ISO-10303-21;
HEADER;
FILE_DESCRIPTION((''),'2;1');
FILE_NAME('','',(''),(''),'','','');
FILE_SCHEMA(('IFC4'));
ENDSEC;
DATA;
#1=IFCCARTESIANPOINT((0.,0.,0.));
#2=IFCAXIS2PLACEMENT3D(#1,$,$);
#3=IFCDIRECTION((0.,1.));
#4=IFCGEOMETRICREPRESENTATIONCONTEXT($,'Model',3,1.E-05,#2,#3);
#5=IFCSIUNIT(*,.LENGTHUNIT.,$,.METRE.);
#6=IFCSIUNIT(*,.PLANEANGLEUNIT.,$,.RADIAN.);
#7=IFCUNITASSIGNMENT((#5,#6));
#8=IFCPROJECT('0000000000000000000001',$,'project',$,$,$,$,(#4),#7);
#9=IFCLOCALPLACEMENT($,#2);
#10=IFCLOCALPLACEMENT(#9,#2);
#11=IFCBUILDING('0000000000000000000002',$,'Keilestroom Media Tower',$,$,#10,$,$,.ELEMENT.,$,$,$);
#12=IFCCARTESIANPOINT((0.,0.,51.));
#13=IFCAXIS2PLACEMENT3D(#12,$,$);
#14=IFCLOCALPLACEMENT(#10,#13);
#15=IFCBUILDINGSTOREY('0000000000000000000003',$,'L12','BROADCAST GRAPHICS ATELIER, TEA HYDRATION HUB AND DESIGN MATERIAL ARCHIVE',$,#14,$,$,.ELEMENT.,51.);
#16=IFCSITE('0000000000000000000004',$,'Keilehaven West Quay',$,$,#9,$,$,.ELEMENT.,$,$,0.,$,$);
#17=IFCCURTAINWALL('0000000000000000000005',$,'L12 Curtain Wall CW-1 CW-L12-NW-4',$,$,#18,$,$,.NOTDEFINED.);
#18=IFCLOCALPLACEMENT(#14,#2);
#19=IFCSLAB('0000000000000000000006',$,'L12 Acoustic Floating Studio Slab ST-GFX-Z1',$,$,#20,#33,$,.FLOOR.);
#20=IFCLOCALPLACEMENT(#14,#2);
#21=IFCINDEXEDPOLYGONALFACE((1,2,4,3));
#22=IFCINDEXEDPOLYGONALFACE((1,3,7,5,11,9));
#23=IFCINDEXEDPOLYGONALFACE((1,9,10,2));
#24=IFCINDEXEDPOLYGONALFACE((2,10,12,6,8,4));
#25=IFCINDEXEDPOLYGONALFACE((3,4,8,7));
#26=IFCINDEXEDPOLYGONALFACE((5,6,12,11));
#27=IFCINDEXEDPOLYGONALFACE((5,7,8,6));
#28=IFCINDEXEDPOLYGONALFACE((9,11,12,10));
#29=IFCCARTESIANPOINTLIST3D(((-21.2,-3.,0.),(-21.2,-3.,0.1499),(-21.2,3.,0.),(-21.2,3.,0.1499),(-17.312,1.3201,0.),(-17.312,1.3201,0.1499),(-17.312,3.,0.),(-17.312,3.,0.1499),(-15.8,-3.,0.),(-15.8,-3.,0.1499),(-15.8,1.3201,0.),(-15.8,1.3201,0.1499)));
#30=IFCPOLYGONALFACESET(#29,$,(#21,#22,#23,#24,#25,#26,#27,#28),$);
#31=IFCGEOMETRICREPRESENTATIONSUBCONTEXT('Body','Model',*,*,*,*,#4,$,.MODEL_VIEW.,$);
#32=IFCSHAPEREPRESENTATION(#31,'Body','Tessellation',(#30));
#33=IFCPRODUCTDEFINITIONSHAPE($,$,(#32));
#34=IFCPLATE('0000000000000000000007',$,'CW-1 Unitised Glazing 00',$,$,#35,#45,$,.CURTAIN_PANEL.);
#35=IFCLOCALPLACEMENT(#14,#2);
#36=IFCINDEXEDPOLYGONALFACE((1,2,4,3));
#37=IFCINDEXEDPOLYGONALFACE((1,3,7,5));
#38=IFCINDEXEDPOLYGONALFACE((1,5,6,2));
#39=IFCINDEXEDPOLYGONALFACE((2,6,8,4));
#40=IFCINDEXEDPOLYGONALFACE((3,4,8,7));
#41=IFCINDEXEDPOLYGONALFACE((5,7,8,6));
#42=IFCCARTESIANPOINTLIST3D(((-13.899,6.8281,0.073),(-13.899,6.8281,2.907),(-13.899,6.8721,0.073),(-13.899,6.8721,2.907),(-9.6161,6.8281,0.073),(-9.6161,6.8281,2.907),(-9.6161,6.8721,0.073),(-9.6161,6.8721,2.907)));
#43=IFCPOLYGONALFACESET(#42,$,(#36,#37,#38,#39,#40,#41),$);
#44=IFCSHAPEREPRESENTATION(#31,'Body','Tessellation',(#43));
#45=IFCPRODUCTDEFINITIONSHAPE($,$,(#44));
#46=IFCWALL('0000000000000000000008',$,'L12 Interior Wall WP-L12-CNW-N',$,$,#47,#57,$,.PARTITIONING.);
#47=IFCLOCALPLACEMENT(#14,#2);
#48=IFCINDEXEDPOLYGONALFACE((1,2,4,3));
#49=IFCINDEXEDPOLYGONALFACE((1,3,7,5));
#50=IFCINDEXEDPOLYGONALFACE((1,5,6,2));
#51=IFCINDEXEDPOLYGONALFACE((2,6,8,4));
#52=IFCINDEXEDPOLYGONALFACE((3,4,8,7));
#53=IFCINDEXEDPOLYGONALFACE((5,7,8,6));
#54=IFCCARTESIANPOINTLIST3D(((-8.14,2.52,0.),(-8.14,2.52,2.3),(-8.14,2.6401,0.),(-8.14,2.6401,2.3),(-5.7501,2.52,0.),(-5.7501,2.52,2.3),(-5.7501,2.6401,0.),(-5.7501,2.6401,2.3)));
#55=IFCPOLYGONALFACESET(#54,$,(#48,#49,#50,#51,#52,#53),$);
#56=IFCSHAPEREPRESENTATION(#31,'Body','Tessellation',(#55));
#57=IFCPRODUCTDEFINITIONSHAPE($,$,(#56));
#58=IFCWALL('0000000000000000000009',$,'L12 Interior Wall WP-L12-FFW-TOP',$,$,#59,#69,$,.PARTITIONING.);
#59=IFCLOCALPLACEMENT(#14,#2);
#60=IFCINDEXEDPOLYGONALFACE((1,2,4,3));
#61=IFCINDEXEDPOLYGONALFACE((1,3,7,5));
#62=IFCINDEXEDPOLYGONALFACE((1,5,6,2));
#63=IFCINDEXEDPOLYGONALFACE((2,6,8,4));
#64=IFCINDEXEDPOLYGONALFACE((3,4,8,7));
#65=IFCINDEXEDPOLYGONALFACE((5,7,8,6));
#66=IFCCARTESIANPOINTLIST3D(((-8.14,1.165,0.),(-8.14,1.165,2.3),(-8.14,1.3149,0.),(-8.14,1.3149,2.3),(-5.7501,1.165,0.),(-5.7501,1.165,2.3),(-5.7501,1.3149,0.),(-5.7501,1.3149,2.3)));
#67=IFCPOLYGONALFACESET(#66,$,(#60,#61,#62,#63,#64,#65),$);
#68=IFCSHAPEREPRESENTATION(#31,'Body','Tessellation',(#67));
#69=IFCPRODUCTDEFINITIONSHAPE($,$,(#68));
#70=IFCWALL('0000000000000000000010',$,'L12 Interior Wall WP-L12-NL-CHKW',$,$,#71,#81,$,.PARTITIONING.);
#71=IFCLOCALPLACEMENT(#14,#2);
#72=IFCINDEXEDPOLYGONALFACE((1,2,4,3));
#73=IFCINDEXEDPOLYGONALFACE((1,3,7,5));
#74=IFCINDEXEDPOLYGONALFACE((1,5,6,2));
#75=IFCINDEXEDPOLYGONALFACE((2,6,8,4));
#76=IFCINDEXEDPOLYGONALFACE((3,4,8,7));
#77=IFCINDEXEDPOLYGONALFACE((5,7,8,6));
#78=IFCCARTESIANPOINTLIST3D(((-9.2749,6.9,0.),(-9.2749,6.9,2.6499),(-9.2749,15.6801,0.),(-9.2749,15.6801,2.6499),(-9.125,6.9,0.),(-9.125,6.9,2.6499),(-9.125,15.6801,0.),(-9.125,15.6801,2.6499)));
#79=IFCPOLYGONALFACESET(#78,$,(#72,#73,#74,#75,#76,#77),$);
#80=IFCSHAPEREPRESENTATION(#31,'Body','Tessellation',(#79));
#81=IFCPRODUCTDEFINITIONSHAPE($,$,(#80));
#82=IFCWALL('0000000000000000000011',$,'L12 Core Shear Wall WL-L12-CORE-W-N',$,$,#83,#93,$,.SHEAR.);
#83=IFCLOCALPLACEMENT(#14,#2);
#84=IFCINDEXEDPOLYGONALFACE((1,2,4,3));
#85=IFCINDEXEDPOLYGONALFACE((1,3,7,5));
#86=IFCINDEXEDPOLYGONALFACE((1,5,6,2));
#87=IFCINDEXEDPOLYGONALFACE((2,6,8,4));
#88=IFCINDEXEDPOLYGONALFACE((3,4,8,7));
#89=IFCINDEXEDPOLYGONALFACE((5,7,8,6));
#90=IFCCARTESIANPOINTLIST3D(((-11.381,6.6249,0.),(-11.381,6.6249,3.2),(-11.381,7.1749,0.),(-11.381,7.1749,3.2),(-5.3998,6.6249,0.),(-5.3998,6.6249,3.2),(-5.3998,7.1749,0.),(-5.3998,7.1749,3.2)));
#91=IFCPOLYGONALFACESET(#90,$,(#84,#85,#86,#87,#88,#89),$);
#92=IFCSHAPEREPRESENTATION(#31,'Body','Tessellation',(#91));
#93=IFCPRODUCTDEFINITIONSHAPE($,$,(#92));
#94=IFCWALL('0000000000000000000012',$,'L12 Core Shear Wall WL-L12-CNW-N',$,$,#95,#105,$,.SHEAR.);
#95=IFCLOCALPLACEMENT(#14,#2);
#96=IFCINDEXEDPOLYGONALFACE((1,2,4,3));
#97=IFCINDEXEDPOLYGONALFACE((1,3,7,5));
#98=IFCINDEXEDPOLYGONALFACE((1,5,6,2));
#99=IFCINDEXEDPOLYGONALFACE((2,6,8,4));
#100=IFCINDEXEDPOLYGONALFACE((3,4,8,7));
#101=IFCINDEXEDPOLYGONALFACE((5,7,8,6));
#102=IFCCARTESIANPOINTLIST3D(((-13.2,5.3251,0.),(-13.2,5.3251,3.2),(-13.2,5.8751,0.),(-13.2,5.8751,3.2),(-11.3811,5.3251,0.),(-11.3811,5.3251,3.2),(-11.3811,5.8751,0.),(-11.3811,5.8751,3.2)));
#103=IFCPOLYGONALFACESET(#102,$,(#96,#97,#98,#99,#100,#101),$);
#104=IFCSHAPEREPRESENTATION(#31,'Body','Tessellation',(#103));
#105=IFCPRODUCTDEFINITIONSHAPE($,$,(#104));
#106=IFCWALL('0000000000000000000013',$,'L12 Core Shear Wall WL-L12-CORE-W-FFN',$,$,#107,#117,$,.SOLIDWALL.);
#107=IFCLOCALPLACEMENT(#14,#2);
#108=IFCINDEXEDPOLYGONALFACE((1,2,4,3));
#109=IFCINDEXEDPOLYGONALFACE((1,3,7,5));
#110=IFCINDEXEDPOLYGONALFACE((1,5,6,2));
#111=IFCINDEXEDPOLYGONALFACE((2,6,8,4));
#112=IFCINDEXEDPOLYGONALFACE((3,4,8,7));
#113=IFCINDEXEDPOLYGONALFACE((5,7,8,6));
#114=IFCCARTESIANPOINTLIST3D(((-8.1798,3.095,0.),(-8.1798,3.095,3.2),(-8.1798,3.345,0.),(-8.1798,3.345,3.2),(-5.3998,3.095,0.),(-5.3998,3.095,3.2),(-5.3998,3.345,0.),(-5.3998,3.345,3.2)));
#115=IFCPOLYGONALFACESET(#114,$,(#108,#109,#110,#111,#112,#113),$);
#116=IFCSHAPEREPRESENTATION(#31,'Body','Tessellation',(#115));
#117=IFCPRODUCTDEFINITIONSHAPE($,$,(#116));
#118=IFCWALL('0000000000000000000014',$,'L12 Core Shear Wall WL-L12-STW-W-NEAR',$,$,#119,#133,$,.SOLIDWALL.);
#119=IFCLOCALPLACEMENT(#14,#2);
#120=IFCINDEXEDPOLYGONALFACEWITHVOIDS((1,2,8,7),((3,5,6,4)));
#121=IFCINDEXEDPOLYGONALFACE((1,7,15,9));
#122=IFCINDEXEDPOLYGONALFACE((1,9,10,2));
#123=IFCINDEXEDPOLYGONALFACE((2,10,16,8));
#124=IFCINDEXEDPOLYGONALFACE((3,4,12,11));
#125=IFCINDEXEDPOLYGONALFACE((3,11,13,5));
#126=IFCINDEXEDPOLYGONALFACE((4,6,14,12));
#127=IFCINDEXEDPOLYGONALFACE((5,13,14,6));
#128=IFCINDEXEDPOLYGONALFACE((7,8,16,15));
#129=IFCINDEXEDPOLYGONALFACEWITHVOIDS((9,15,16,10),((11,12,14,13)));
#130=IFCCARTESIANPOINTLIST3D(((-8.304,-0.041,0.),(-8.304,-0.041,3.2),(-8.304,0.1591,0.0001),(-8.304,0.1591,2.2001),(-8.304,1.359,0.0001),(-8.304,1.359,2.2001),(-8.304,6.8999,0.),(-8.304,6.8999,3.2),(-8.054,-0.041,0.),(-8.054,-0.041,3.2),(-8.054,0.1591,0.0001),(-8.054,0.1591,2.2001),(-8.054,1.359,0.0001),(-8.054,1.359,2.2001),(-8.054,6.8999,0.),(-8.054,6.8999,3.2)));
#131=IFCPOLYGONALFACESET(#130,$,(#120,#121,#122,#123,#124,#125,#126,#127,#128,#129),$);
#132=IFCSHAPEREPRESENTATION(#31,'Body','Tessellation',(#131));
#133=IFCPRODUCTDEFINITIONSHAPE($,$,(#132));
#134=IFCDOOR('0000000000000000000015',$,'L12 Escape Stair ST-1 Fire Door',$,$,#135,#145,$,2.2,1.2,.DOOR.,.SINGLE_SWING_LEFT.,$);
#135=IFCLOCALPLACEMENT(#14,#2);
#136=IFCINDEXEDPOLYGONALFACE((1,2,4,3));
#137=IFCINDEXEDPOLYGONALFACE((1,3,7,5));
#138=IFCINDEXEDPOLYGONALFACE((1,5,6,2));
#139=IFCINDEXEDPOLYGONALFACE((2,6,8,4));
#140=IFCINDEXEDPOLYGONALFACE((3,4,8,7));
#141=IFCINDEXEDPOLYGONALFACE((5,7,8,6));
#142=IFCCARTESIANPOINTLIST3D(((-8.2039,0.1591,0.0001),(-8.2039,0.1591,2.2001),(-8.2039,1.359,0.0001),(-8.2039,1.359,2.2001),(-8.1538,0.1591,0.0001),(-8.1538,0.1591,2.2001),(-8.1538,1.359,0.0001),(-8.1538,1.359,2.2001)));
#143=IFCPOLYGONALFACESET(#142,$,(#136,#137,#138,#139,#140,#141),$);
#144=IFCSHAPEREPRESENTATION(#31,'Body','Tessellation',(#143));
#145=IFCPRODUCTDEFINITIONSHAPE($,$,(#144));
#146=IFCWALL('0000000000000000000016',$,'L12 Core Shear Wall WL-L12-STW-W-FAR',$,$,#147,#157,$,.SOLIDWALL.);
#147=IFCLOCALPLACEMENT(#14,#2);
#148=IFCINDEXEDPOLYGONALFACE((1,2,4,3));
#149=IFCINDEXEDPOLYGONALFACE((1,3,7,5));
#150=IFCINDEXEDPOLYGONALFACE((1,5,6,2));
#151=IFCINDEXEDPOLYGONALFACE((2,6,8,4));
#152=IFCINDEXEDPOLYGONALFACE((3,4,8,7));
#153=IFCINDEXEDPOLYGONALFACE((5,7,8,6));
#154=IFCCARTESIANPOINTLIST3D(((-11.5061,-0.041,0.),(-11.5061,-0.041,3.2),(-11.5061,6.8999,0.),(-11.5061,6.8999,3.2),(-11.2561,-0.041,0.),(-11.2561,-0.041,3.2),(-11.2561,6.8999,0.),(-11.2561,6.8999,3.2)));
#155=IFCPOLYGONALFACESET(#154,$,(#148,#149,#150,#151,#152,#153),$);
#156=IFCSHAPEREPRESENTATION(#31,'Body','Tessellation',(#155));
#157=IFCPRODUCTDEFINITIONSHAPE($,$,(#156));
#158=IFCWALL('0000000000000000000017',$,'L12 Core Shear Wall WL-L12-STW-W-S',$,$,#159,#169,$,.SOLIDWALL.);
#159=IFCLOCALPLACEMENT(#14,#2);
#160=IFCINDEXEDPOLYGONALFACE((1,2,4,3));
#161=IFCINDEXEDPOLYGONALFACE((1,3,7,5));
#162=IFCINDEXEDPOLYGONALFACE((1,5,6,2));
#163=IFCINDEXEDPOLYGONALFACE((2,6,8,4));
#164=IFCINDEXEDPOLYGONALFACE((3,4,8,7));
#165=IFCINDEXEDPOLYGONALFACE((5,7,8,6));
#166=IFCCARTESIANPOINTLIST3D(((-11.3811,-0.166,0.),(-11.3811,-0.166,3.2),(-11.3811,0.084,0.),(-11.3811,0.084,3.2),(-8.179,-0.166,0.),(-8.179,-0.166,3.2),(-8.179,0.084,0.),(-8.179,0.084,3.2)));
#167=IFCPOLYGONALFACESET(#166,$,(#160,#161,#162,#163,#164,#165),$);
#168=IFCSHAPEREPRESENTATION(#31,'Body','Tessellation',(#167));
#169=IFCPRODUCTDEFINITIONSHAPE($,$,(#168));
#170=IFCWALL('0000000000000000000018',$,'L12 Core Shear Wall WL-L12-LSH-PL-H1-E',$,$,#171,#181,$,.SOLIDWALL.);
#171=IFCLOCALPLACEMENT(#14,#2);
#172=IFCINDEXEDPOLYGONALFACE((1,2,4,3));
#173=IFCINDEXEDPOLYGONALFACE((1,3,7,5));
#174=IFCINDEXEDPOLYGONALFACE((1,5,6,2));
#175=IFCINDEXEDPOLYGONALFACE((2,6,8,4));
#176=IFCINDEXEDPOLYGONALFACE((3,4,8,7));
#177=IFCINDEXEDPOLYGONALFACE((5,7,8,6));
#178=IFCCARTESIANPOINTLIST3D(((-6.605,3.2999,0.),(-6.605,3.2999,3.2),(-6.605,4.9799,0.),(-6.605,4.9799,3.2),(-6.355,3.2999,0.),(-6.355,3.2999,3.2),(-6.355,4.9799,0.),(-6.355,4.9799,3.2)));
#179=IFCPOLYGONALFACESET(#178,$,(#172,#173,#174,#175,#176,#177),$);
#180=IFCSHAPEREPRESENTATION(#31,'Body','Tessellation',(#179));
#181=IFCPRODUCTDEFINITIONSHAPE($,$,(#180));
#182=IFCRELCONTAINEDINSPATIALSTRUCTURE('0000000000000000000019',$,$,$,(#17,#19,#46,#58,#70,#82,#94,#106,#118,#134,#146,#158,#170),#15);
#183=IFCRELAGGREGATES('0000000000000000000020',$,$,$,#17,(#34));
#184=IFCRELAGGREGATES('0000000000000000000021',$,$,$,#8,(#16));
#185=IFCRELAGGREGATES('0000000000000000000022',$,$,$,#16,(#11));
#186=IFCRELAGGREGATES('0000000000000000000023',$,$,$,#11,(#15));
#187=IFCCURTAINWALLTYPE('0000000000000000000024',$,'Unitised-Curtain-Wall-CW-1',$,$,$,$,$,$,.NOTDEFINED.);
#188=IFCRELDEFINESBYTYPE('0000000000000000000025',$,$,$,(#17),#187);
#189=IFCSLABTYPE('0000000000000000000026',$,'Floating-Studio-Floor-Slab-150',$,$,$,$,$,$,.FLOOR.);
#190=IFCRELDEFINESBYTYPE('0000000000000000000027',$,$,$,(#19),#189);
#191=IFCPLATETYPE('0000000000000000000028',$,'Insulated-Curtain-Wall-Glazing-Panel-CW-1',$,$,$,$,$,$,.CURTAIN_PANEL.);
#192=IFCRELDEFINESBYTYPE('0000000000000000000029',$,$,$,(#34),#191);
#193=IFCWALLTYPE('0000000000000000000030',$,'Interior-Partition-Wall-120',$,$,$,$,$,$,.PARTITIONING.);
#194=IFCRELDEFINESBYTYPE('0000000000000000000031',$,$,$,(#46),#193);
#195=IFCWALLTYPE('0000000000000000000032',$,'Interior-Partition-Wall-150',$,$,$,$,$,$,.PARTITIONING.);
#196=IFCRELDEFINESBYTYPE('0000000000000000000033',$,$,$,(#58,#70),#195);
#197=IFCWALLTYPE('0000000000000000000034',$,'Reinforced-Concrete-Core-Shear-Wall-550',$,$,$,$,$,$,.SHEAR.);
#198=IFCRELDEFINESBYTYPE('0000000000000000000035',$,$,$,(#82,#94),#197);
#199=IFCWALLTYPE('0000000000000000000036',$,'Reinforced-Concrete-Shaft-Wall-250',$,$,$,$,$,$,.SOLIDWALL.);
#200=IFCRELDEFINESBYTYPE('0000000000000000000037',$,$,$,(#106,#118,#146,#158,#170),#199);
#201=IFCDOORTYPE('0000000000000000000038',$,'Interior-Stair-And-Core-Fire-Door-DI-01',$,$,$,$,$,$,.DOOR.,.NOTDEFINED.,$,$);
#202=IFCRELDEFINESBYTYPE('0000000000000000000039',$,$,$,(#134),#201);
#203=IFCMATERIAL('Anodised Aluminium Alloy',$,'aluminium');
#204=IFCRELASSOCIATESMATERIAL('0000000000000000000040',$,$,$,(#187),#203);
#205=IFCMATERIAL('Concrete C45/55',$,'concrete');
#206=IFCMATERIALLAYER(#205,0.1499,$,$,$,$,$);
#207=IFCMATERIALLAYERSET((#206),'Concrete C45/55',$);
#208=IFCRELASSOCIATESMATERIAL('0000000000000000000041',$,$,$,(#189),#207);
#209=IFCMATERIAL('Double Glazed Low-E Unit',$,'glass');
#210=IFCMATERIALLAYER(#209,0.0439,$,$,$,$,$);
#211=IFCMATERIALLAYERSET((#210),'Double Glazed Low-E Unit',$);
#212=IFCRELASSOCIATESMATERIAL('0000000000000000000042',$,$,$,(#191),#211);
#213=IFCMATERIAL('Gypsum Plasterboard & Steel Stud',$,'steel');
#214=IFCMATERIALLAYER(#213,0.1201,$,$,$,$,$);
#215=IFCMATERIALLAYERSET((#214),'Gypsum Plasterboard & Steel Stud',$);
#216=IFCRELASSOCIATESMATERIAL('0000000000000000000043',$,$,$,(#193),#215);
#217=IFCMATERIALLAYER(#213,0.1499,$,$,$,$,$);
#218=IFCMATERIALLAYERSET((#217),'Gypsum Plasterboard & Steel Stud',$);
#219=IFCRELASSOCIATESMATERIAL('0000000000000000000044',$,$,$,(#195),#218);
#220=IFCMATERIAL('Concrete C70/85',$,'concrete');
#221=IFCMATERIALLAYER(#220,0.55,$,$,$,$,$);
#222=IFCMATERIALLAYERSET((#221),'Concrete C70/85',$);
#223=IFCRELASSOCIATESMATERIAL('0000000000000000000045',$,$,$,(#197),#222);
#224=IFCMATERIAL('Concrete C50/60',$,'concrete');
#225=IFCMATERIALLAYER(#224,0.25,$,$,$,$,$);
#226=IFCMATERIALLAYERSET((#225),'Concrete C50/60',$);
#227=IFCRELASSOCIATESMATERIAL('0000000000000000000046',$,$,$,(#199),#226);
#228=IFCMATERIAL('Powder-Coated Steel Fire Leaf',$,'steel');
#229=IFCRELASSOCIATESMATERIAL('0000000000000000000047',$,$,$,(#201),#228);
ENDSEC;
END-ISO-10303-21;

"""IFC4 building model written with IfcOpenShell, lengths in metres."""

from ifc_helpers import new_model, si_unit, direction, frame, frame_2d, origin, origin_2d, place, context, subcontext, project, spatial, polyline, rectangle, outline, extrude, source, transform, mapped, material, layer, layer_set, type_object, element, fill, aggregate, save


model = new_model("IFC4")

# Units and contexts
model_context = context("Model", 3, precision=1e-05, world=origin(), true_north=direction((0.0, 1.0)))
body_context = subcontext(model_context, "Body", "Model", "MODEL_VIEW")
ifc_project = project(units=[si_unit("LENGTHUNIT", "METRE"), si_unit("PLANEANGLEUNIT", "RADIAN")], contexts=[model_context])

# Site, building, storey
site_placement = place(None, origin())
site = spatial("IfcSite", under=ifc_project, at=site_placement, Name="Keilehaven West Quay", CompositionType="ELEMENT", RefElevation=0.0)
building_placement = place(site_placement, origin())
building = spatial("IfcBuilding", under=site, at=building_placement, Name="Keilestroom Media Tower", CompositionType="ELEMENT")
storey_placement = place(building_placement, frame((0.0, 0.0, 51.0)))
storey = spatial("IfcBuildingStorey", under=building, at=storey_placement, Name="L12", Description="BROADCAST GRAPHICS ATELIER, TEA HYDRATION HUB AND DESIGN MATERIAL ARCHIVE", CompositionType="ELEMENT", Elevation=51.0)

# Shared definitions
ifc_material_1 = material(Name="Concrete C70/85", Category="concrete")

# Curtain wall
ifc_material_2 = material(Name="Anodised Aluminium Alloy", Category="aluminium")
curtain_wall_type = type_object("IfcCurtainWallType", Name="Unitised-Curtain-Wall-CW-1", PredefinedType="NOTDEFINED", material=ifc_material_2)
curtain_wall_placement = place(storey_placement, origin())
curtain_wall = element("IfcCurtainWall", 1, at=curtain_wall_placement, inside=storey, type_object=curtain_wall_type, Name="L12 Curtain Wall CW-1 CW-L12-NW-4", PredefinedType="NOTDEFINED")

# Slab
ifc_material_3 = material(Name="Concrete C50/60", Category="concrete")
ifc_material_4 = material(Name="Concrete C45/55", Category="concrete")
ifc_layer_1 = layer(ifc_material_4, 0.1499)
ifc_layer_set_1 = layer_set([ifc_layer_1], Name="Concrete C45/55")
slab_type_1 = type_object("IfcSlabType", Name="Floating-Studio-Floor-Slab-150", PredefinedType="FLOOR", material=ifc_layer_set_1)
slab_1_placement = place(storey_placement, origin())
element("IfcSlab", 2, at=slab_1_placement, inside=storey, type_object=slab_type_1, Name="L12 Acoustic Floating Studio Slab ST-GFX-Z1", PredefinedType="FLOOR", context=body_context, shape_type="SweptSolid", body=[
    extrude(outline(polyline([(-21.2, -3.0), (-15.8, -3.0), (-15.8, 1.3201), (-17.312, 1.3201), (-17.312, 3.0), (-21.2, 3.0), (-21.2, -3.0)])), origin(), (0.0, 0.0, 1.0), 0.1499),
])

# Plate
ifc_material_5 = material(Name="Double Glazed Low-E Unit", Category="glass")
ifc_layer_2 = layer(ifc_material_5, 0.0439)
ifc_layer_set_2 = layer_set([ifc_layer_2], Name="Double Glazed Low-E Unit")
plate_type = type_object("IfcPlateType", Name="Insulated-Curtain-Wall-Glazing-Panel-CW-1", PredefinedType="CURTAIN_PANEL", material=ifc_layer_set_2)
shared_shape_1 = source(origin(), body_context, "Body", "SweptSolid", [
    extrude(rectangle(XDim=4.283, YDim=0.0439, at=origin_2d()), origin(), (0.0, 0.0, 1.0), 2.834),
])
plate_placement = place(storey_placement, frame((-11.7576, 6.8501, 0.073), z_axis=(0.0, 0.0, 1.0), x_axis=(1.0, 0.0, 0.0)))
plate = element("IfcPlate", 3, at=plate_placement, type_object=plate_type, Name="CW-1 Unitised Glazing 00", PredefinedType="CURTAIN_PANEL", context=body_context, shape_type="MappedRepresentation", body=[
    mapped(shared_shape_1, transform((0.0, 0.0, 0.0), x_axis=(1.0, 0.0, 0.0), y_axis=(0.0, 1.0, 0.0), z_axis=(0.0, 0.0, 1.0), scale=1.0)),
])
aggregate(curtain_wall, [plate])

# Walls
ifc_material_6 = material(Name="Gypsum Plasterboard & Steel Stud", Category="steel")
ifc_layer_3 = layer(ifc_material_6, 0.1201)
ifc_layer_set_3 = layer_set([ifc_layer_3], Name="Gypsum Plasterboard & Steel Stud")
wall_type_1 = type_object("IfcWallType", Name="Interior-Partition-Wall-120", PredefinedType="PARTITIONING", material=ifc_layer_set_3)
wall_1_placement = place(storey_placement, frame((-8.1399, 2.5801, 0.0), z_axis=(0.0, 0.0, 1.0), x_axis=(1.0, 0.0, 0.0)))
element("IfcWall", 4, at=wall_1_placement, inside=storey, type_object=wall_type_1, Name="L12 Interior Wall WP-L12-CNW-N", PredefinedType="PARTITIONING", context=body_context, shape_type="SweptSolid", body=[
    extrude(rectangle(XDim=2.3899, YDim=0.1201, at=frame_2d((1.1948, 0.0))), origin(), (0.0, 0.0, 1.0), 2.3),
])
ifc_layer_4 = layer(ifc_material_6, 0.1499)
ifc_layer_set_4 = layer_set([ifc_layer_4], Name="Gypsum Plasterboard & Steel Stud")
wall_type_2 = type_object("IfcWallType", Name="Interior-Partition-Wall-150", PredefinedType="PARTITIONING", material=ifc_layer_set_4)
wall_2_placement = place(storey_placement, frame((-8.1399, 1.24, 0.0), z_axis=(0.0, 0.0, 1.0), x_axis=(1.0, 0.0, 0.0)))
element("IfcWall", 5, at=wall_2_placement, inside=storey, type_object=wall_type_2, Name="L12 Interior Wall WP-L12-FFW-TOP", PredefinedType="PARTITIONING", context=body_context, shape_type="SweptSolid", body=[
    extrude(rectangle(XDim=2.3899, YDim=0.1499, at=frame_2d((1.1948, 0.0))), origin(), (0.0, 0.0, 1.0), 2.3),
])
wall_3_placement = place(storey_placement, frame((-9.2, 6.8999, 0.0), z_axis=(0.0, 0.0, 1.0), x_axis=(0.0, 1.0, 0.0)))
element("IfcWall", 6, at=wall_3_placement, inside=storey, type_object=wall_type_2, Name="L12 Interior Wall WP-L12-NL-CHKW", PredefinedType="PARTITIONING", context=body_context, shape_type="SweptSolid", body=[
    extrude(rectangle(XDim=8.78, YDim=0.1499, at=frame_2d((4.3901, 0.0))), origin(), (0.0, 0.0, 1.0), 2.6499),
])
ifc_layer_5 = layer(ifc_material_1, 0.55)
ifc_layer_set_5 = layer_set([ifc_layer_5], Name="Concrete C70/85")
wall_type_3 = type_object("IfcWallType", Name="Reinforced-Concrete-Core-Shear-Wall-550", PredefinedType="SHEAR", material=ifc_layer_set_5)
wall_4_placement = place(storey_placement, frame((-11.3811, 6.8999, 0.0), z_axis=(0.0, 0.0, 1.0), x_axis=(1.0, 0.0, 0.0)))
element("IfcWall", 7, at=wall_4_placement, inside=storey, type_object=wall_type_3, Name="L12 Core Shear Wall WL-L12-CORE-W-N", PredefinedType="SHEAR", context=body_context, shape_type="SweptSolid", body=[
    extrude(rectangle(XDim=5.9812, YDim=0.55, at=frame_2d((2.9907, 0.0))), origin(), (0.0, 0.0, 1.0), 3.2),
])
wall_5_placement = place(storey_placement, frame((-13.2, 5.6001, 0.0), z_axis=(0.0, 0.0, 1.0), x_axis=(1.0, 0.0, 0.0)))
element("IfcWall", 8, at=wall_5_placement, inside=storey, type_object=wall_type_3, Name="L12 Core Shear Wall WL-L12-CNW-N", PredefinedType="SHEAR", context=body_context, shape_type="SweptSolid", body=[
    extrude(rectangle(XDim=1.8188, YDim=0.55, at=frame_2d((0.9094, 0.0))), origin(), (0.0, 0.0, 1.0), 3.2),
])
ifc_layer_6 = layer(ifc_material_3, 0.25)
ifc_layer_set_6 = layer_set([ifc_layer_6], Name="Concrete C50/60")
wall_type_4 = type_object("IfcWallType", Name="Reinforced-Concrete-Shaft-Wall-250", PredefinedType="SOLIDWALL", material=ifc_layer_set_6)
wall_6_placement = place(storey_placement, frame((-8.1799, 3.22, 0.0), z_axis=(0.0, 0.0, 1.0), x_axis=(1.0, 0.0, 0.0)))
element("IfcWall", 9, at=wall_6_placement, inside=storey, type_object=wall_type_4, Name="L12 Core Shear Wall WL-L12-CORE-W-FFN", PredefinedType="SOLIDWALL", context=body_context, shape_type="SweptSolid", body=[
    extrude(rectangle(XDim=2.78, YDim=0.25, at=frame_2d((1.3901, 0.0))), origin(), (0.0, 0.0, 1.0), 3.2),
])

# Wall, opening, door
wall_7_placement = place(storey_placement, frame((-8.179, -0.041, 0.0), z_axis=(0.0, 0.0, 1.0), x_axis=(0.0, 1.0, 0.0)))
wall_7 = element("IfcWall", 10, at=wall_7_placement, inside=storey, type_object=wall_type_4, Name="L12 Core Shear Wall WL-L12-STW-W-NEAR", PredefinedType="SOLIDWALL", context=body_context, shape_type="SweptSolid", body=[
    extrude(rectangle(XDim=6.9409, YDim=0.25, at=frame_2d((3.4705, 0.0))), origin(), (0.0, 0.0, 1.0), 3.2),
])
opening_placement = place(wall_7_placement, frame((0.2, 0.0, 0.0)))
opening = element("IfcOpeningElement", 11, at=opening_placement, cuts=wall_7, PredefinedType="OPENING", context=body_context, shape_type="SweptSolid", body=[
    extrude(rectangle(XDim=1.2, YDim=2.2, at=frame_2d((0.6001, 1.1001))), frame((0.0, 0.135, 0.0), z_axis=(0.0, -1.0, 0.0), x_axis=(1.0, 0.0, 0.0)), (0.0, 0.0, 1.0), 0.27),
])
ifc_material_7 = material(Name="Powder-Coated Steel Fire Leaf", Category="steel")
door_type = type_object("IfcDoorType", Name="Interior-Stair-And-Core-Fire-Door-DI-01", OperationType="NOTDEFINED", PredefinedType="DOOR", material=ifc_material_7)
shared_shape_2 = source(origin(), body_context, "Body", "SweptSolid", [
    extrude(rectangle(XDim=1.2, YDim=2.2, at=frame_2d((0.6001, 1.1001))), frame((0.0, 0.0249, 0.0), z_axis=(0.0, -1.0, 0.0), x_axis=(1.0, 0.0, 0.0)), (0.0, 0.0, 1.0), 0.05),
])
door_placement = place(opening_placement, origin())
door = element("IfcDoor", 12, at=door_placement, inside=storey, type_object=door_type, Name="L12 Escape Stair ST-1 Fire Door", OperationType="SINGLE_SWING_LEFT", OverallHeight=2.2, OverallWidth=1.2, PredefinedType="DOOR", context=body_context, shape_type="MappedRepresentation", body=[
    mapped(shared_shape_2, transform((0.0, 0.0, 0.0), x_axis=(1.0, 0.0, 0.0), y_axis=(0.0, 1.0, 0.0), z_axis=(0.0, 0.0, 1.0), scale=1.0)),
])
fill(opening, door)

# Walls
wall_8_placement = place(storey_placement, frame((-11.3811, -0.041, 0.0), z_axis=(0.0, 0.0, 1.0), x_axis=(0.0, 1.0, 0.0)))
element("IfcWall", 13, at=wall_8_placement, inside=storey, type_object=wall_type_4, Name="L12 Core Shear Wall WL-L12-STW-W-FAR", PredefinedType="SOLIDWALL", context=body_context, shape_type="SweptSolid", body=[
    extrude(rectangle(XDim=6.9409, YDim=0.25, at=frame_2d((3.4705, 0.0))), origin(), (0.0, 0.0, 1.0), 3.2),
])
wall_9_placement = place(storey_placement, frame((-11.3811, -0.041, 0.0), z_axis=(0.0, 0.0, 1.0), x_axis=(1.0, 0.0, 0.0)))
element("IfcWall", 14, at=wall_9_placement, inside=storey, type_object=wall_type_4, Name="L12 Core Shear Wall WL-L12-STW-W-S", PredefinedType="SOLIDWALL", context=body_context, shape_type="SweptSolid", body=[
    extrude(rectangle(XDim=3.2021, YDim=0.25, at=frame_2d((1.6011, 0.0))), origin(), (0.0, 0.0, 1.0), 3.2),
])
wall_10_placement = place(storey_placement, frame((-6.48, 3.3, 0.0), z_axis=(0.0, 0.0, 1.0), x_axis=(0.0, 1.0, 0.0)))
element("IfcWall", 15, at=wall_10_placement, inside=storey, type_object=wall_type_4, Name="L12 Core Shear Wall WL-L12-LSH-PL-H1-E", PredefinedType="SOLIDWALL", context=body_context, shape_type="SweptSolid", body=[
    extrude(rectangle(XDim=1.6799, YDim=0.25, at=frame_2d((0.8398, 0.0))), origin(), (0.0, 0.0, 1.0), 3.2),
])

save(model, "model.ifc")
